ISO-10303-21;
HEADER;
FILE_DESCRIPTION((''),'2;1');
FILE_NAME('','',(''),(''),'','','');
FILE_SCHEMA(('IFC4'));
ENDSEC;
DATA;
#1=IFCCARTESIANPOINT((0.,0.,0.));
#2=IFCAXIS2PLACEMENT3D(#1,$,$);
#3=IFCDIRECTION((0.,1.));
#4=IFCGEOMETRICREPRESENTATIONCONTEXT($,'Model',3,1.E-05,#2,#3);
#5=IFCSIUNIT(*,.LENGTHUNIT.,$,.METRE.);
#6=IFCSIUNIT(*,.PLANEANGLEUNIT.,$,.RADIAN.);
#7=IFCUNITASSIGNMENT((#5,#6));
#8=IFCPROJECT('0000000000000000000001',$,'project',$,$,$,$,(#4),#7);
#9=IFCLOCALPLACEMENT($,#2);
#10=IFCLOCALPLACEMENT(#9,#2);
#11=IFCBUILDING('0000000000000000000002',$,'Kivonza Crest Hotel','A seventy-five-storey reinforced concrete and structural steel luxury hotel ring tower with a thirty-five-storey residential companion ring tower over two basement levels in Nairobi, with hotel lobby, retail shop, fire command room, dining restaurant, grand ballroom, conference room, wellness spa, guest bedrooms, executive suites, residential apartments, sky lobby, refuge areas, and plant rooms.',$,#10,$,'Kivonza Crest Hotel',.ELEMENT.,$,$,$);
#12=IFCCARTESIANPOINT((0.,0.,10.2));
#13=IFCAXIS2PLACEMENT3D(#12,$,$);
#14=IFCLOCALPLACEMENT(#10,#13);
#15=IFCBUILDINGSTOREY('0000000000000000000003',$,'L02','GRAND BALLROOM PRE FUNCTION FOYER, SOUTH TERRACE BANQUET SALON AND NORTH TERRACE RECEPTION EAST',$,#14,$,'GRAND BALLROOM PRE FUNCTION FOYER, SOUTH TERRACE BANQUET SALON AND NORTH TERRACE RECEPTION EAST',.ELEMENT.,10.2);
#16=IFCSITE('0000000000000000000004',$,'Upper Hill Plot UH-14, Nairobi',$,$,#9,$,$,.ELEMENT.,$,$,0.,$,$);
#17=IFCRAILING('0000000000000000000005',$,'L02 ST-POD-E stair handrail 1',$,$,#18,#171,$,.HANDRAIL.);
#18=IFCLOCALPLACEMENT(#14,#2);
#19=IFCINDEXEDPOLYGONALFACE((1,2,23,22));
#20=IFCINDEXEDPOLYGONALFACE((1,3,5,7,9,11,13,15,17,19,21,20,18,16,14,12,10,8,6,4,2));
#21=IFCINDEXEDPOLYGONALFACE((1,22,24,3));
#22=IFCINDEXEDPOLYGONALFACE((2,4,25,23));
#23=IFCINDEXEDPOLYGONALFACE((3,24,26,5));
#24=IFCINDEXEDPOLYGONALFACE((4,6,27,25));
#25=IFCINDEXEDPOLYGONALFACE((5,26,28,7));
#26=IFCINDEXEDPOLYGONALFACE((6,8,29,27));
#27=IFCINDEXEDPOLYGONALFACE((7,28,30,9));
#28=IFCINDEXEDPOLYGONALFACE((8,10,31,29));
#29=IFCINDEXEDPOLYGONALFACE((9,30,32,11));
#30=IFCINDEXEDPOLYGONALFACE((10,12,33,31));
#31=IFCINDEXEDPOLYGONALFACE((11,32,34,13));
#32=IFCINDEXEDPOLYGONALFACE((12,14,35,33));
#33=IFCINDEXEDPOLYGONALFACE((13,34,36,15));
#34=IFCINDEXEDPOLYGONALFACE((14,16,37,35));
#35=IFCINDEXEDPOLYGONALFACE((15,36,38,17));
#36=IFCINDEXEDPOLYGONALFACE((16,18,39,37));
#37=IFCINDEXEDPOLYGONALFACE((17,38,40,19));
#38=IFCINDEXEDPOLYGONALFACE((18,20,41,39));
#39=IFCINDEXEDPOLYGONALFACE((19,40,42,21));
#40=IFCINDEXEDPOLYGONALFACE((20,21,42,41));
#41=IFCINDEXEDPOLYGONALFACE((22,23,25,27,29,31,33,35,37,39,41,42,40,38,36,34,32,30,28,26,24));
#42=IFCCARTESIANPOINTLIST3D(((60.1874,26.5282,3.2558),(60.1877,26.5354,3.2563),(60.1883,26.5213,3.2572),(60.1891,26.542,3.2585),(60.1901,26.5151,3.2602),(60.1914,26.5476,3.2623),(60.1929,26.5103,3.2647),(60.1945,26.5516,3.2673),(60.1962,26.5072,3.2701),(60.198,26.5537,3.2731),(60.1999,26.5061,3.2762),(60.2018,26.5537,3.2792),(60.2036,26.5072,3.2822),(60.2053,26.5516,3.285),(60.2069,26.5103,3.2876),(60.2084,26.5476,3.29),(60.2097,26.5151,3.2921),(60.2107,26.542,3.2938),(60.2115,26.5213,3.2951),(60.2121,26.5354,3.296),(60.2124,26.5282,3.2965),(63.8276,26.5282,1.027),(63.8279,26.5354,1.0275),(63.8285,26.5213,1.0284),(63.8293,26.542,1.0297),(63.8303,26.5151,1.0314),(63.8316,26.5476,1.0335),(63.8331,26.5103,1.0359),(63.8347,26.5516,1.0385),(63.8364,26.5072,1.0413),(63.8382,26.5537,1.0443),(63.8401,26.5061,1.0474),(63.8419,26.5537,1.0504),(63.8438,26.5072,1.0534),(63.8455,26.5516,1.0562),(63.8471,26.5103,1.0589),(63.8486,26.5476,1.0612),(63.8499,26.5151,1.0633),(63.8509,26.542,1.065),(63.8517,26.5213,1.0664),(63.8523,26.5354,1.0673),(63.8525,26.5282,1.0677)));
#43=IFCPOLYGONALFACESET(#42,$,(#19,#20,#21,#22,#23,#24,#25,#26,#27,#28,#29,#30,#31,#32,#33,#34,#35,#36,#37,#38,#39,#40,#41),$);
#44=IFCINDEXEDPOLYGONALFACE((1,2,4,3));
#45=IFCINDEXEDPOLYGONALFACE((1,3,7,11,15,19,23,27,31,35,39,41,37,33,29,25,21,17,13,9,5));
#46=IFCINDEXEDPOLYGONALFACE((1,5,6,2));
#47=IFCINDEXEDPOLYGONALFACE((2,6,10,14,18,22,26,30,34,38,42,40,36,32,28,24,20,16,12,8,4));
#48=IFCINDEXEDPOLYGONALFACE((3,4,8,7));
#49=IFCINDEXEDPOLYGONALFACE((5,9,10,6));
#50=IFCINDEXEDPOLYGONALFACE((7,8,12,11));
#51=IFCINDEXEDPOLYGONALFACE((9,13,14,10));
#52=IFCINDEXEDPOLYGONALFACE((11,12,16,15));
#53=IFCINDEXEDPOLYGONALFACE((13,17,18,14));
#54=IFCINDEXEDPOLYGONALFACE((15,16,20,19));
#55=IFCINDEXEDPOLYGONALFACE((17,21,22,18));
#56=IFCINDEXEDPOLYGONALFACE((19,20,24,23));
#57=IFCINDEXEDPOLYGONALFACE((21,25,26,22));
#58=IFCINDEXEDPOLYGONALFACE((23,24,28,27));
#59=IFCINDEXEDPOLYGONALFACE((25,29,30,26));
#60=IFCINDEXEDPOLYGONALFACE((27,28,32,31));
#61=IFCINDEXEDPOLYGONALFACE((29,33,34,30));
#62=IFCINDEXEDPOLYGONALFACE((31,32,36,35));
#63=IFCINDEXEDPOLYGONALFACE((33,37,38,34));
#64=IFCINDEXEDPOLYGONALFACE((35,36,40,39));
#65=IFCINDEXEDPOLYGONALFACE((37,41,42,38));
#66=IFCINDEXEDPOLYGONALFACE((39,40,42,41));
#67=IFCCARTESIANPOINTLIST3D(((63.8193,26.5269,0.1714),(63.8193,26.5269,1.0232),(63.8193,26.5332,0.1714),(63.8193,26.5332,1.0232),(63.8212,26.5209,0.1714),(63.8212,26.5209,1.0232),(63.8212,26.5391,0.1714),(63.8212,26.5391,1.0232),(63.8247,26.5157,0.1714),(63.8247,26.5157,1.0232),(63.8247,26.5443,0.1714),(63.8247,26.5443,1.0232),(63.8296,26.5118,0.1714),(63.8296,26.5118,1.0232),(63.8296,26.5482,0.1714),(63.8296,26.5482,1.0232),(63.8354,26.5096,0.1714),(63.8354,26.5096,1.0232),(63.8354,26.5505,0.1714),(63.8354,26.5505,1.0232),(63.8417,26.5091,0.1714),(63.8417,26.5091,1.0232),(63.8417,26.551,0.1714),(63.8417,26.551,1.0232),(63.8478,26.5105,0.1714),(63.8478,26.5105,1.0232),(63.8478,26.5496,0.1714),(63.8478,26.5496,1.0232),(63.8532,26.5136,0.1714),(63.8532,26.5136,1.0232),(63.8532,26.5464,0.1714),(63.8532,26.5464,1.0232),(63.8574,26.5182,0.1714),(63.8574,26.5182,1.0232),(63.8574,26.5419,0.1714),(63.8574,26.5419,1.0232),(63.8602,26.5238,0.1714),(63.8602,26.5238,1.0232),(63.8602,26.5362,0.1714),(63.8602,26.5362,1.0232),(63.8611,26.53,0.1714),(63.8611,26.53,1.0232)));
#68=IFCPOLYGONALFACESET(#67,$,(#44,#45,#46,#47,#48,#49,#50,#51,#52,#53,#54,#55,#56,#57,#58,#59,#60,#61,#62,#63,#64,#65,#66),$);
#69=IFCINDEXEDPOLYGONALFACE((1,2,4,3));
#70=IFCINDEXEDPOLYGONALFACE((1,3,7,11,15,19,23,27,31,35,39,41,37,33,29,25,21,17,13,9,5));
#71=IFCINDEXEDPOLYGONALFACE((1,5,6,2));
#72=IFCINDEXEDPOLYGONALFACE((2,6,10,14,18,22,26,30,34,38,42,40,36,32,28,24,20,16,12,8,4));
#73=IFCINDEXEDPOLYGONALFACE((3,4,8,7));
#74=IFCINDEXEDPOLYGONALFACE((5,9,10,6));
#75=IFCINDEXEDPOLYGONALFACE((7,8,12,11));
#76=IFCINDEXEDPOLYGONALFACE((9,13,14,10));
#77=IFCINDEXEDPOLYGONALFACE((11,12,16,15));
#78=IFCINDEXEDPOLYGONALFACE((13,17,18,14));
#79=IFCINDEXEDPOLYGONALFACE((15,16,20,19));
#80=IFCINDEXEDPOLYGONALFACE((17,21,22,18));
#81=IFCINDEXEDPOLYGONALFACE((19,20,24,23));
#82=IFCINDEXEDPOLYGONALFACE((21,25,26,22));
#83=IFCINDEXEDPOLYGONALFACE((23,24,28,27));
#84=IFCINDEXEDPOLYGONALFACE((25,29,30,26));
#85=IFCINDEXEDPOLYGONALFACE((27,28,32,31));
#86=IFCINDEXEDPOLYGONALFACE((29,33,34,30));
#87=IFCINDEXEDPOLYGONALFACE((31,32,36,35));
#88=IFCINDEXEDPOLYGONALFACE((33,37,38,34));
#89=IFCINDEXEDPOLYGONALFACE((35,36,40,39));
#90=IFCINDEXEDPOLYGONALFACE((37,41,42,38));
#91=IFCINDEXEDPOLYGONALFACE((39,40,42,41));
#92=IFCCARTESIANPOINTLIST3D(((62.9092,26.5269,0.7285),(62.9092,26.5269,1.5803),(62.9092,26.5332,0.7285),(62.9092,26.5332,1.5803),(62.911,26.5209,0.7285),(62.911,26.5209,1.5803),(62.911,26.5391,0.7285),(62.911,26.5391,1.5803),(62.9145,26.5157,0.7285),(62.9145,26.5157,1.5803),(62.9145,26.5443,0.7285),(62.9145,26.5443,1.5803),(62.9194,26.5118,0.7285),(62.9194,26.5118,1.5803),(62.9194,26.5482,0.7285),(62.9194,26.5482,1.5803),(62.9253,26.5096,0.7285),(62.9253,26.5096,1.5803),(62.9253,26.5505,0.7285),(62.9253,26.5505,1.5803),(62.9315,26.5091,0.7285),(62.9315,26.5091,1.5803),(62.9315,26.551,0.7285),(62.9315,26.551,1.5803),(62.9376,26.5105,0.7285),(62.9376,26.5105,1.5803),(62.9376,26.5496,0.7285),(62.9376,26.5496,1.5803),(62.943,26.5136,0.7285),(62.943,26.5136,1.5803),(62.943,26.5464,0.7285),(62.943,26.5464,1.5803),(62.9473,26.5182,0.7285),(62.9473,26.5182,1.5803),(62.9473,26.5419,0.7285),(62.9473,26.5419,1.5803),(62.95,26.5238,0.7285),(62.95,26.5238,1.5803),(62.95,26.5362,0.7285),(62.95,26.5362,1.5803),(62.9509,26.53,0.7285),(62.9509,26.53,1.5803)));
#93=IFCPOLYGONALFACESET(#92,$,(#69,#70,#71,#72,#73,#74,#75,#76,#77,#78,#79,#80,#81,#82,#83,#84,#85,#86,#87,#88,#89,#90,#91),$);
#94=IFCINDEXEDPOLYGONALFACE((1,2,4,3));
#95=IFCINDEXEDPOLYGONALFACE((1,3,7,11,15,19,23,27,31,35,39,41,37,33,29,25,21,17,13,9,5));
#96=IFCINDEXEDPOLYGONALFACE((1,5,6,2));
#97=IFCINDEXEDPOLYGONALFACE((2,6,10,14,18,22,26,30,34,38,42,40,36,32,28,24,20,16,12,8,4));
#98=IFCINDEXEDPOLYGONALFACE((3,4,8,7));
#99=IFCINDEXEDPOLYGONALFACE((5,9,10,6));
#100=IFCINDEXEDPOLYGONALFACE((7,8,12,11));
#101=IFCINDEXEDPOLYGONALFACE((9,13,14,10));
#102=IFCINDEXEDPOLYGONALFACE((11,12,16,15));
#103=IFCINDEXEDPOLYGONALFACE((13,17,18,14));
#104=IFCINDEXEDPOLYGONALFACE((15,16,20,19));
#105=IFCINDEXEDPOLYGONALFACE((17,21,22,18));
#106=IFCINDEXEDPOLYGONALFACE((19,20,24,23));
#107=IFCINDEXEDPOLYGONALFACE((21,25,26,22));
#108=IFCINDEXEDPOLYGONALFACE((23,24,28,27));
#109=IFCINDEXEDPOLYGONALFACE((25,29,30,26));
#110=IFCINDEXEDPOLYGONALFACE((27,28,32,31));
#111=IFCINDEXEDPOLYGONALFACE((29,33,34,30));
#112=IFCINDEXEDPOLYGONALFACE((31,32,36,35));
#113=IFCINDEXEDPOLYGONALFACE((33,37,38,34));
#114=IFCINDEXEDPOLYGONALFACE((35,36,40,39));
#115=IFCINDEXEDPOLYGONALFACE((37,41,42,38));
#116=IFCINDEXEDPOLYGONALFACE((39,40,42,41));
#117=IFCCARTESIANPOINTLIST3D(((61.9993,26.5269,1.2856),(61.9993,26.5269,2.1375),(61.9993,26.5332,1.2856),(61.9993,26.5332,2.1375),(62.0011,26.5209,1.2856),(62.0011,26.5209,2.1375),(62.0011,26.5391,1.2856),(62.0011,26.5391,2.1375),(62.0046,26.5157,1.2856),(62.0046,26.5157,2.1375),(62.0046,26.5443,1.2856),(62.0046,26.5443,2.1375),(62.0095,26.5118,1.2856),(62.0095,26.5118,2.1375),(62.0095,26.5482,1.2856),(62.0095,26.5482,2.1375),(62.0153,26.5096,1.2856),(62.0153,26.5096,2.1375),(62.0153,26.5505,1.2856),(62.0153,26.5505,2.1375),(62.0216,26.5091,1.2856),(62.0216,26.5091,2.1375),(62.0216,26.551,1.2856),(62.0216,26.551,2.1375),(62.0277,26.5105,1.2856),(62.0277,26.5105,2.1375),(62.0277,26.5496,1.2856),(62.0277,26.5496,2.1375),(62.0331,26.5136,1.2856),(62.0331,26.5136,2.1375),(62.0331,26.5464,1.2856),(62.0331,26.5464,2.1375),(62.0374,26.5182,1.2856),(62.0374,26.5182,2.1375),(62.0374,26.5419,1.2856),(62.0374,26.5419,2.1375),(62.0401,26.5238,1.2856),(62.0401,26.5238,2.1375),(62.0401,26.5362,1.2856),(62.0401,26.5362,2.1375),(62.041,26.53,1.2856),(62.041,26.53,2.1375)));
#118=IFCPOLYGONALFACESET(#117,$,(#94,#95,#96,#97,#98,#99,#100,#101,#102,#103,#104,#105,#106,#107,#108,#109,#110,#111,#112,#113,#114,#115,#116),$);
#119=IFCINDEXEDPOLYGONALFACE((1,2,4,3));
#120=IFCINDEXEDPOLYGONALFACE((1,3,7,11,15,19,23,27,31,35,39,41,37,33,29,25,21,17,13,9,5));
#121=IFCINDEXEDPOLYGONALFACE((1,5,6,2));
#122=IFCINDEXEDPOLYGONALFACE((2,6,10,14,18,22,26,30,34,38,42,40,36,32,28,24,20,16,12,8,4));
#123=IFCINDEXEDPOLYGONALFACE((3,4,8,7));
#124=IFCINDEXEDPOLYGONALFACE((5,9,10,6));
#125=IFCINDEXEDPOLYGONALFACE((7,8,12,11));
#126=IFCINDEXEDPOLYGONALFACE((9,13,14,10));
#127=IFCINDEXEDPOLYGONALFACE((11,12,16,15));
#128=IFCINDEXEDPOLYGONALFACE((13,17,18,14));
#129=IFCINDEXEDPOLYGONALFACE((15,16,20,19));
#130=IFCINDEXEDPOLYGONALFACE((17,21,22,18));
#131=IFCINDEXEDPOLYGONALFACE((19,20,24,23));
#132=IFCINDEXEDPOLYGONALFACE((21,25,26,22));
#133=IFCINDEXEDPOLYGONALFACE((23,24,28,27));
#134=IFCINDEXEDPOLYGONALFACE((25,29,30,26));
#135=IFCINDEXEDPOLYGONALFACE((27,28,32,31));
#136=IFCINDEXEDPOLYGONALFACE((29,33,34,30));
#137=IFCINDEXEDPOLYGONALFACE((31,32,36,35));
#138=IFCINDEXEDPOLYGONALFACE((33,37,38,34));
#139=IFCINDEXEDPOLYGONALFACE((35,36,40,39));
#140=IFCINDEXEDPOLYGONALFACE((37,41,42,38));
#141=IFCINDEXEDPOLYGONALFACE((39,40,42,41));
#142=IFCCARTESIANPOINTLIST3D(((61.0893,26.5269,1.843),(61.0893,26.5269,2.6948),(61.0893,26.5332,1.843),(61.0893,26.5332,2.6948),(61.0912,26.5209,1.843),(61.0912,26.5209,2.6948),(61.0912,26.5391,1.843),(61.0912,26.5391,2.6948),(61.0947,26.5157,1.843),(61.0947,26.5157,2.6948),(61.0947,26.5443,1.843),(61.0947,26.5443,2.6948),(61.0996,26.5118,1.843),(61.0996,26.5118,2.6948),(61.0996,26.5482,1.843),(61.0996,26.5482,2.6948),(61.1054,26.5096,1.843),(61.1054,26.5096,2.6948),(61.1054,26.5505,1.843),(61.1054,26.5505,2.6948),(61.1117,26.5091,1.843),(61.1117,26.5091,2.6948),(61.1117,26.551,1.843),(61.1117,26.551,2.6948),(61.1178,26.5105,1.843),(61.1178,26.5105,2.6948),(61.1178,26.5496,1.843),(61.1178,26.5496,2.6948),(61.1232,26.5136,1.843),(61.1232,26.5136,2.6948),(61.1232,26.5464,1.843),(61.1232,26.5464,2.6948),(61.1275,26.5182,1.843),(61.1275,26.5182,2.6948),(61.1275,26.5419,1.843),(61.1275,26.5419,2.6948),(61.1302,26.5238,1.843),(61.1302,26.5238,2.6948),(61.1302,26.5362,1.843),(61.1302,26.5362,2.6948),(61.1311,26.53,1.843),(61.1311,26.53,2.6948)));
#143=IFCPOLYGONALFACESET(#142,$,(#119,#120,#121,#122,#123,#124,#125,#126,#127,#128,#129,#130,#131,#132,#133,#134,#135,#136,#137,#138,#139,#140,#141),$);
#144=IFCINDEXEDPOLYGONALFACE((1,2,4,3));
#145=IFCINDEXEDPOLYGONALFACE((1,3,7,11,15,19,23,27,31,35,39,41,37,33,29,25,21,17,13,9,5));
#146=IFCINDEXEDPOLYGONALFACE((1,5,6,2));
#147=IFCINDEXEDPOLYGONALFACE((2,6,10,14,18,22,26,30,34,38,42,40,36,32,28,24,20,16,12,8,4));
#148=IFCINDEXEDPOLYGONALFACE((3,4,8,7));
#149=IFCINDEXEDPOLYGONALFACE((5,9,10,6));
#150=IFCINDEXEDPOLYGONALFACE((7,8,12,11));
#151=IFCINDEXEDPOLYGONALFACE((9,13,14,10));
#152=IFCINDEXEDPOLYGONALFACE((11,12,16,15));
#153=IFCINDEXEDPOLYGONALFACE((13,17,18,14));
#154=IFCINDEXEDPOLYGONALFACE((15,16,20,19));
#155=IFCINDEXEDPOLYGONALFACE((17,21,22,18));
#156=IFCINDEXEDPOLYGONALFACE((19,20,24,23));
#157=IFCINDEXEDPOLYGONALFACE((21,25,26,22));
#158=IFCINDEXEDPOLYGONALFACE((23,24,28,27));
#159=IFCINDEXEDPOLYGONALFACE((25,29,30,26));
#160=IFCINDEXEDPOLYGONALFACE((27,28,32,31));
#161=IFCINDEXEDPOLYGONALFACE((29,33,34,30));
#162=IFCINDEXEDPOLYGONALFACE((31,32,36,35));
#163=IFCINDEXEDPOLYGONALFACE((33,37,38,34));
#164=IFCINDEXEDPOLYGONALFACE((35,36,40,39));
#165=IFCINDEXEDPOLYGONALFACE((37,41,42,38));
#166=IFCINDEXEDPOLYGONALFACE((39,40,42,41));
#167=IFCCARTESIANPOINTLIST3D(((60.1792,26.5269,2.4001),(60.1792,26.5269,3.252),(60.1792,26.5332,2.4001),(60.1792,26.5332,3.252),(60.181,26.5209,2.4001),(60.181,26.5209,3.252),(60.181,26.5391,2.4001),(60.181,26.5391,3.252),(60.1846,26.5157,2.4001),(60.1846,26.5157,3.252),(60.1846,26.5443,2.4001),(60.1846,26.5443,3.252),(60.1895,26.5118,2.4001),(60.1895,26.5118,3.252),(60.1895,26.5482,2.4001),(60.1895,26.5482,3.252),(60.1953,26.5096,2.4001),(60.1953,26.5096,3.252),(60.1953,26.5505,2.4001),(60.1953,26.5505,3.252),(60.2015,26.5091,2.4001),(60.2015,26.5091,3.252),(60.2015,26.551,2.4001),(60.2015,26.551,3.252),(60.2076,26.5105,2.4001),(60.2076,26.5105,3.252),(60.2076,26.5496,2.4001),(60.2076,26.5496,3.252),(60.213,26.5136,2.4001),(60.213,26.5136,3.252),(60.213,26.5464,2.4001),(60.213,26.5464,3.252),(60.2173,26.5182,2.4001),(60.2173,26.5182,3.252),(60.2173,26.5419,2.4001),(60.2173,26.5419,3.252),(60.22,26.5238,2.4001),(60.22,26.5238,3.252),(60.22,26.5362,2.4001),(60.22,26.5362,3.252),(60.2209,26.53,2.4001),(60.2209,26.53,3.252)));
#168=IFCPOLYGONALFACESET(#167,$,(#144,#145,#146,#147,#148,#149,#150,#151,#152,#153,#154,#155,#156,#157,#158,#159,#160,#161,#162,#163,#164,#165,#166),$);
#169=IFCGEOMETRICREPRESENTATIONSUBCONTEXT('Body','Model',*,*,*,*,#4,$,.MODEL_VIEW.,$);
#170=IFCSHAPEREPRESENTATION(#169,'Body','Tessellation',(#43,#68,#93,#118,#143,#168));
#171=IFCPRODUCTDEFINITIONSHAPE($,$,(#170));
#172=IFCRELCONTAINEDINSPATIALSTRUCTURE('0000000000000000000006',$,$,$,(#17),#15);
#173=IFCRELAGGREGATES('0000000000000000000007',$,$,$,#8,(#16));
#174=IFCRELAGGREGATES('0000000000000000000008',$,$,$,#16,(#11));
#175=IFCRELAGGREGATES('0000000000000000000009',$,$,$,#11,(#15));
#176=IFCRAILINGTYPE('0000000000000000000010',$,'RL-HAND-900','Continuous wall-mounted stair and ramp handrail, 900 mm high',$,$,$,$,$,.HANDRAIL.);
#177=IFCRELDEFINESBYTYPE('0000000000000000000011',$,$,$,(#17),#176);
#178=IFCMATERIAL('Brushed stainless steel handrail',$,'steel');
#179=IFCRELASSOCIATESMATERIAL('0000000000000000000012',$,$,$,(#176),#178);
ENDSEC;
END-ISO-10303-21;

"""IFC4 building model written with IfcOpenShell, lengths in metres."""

from ifc_helpers import new_model, si_unit, direction, frame, origin, origin_2d, place, context, subcontext, project, spatial, circle, extrude, material, type_object, element, save


model = new_model("IFC4")

# Units and contexts
model_context = context("Model", 3, precision=1e-05, world=origin(), true_north=direction((0.0, 1.0)))
body_context = subcontext(model_context, "Body", "Model", "MODEL_VIEW")
ifc_project = project(units=[si_unit("LENGTHUNIT", "METRE"), si_unit("PLANEANGLEUNIT", "RADIAN")], contexts=[model_context])

# Site, building, storey
site_placement = place(None, origin())
site = spatial("IfcSite", under=ifc_project, at=site_placement, Name="Upper Hill Plot UH-14, Nairobi", CompositionType="ELEMENT", RefElevation=0.0)
building_placement = place(site_placement, origin())
building = spatial("IfcBuilding", under=site, at=building_placement, Name="Kivonza Crest Hotel", Description="A seventy-five-storey reinforced concrete and structural steel luxury hotel ring tower with a thirty-five-storey residential companion ring tower over two basement levels in Nairobi, with hotel lobby, retail shop, fire command room, dining restaurant, grand ballroom, conference room, wellness spa, guest bedrooms, executive suites, residential apartments, sky lobby, refuge areas, and plant rooms.", LongName="Kivonza Crest Hotel", CompositionType="ELEMENT")
storey_placement = place(building_placement, frame((0.0, 0.0, 10.2)))
storey = spatial("IfcBuildingStorey", under=building, at=storey_placement, Name="L02", Description="GRAND BALLROOM PRE FUNCTION FOYER, SOUTH TERRACE BANQUET SALON AND NORTH TERRACE RECEPTION EAST", LongName="GRAND BALLROOM PRE FUNCTION FOYER, SOUTH TERRACE BANQUET SALON AND NORTH TERRACE RECEPTION EAST", CompositionType="ELEMENT", Elevation=10.2)

# Railing
ifc_material_1 = material(Name="Brushed stainless steel handrail", Category="steel")
railing_type_1 = type_object("IfcRailingType", Name="RL-HAND-900", Description="Continuous wall-mounted stair and ramp handrail, 900 mm high", PredefinedType="HANDRAIL", material=ifc_material_1)
railing_1_placement = place(storey_placement, frame((63.8401, 26.53, 0.1714)))
element("IfcRailing", 1, at=railing_1_placement, inside=storey, type_object=railing_type_1, Name="L02 ST-POD-E stair handrail 1", PredefinedType="HANDRAIL", context=body_context, shape_type="SweptSolid", body=[
    extrude(circle(Radius=0.0239, at=origin_2d()), frame((0.0, 0.0, 0.876), z_axis=(-0.85284, 0.0, 0.522172), x_axis=(0.0, -1.0, 0.0)), (0.0, 0.0, 1.0), 4.2683),
    extrude(circle(Radius=0.021, at=origin_2d()), origin(), (0.0, 0.0, 1.0), 0.8518),
    extrude(circle(Radius=0.021, at=origin_2d()), frame((-0.9102, 0.0, 0.5571)), (0.0, 0.0, 1.0), 0.8518),
    extrude(circle(Radius=0.021, at=origin_2d()), frame((-1.8201, 0.0, 1.1143)), (0.0, 0.0, 1.0), 0.8518),
    extrude(circle(Radius=0.021, at=origin_2d()), frame((-2.73, 0.0, 1.6716)), (0.0, 0.0, 1.0), 0.8518),
    extrude(circle(Radius=0.021, at=origin_2d()), frame((-3.6401, 0.0, 2.2288)), (0.0, 0.0, 1.0), 0.8518),
])

save(model, "model.ifc")
